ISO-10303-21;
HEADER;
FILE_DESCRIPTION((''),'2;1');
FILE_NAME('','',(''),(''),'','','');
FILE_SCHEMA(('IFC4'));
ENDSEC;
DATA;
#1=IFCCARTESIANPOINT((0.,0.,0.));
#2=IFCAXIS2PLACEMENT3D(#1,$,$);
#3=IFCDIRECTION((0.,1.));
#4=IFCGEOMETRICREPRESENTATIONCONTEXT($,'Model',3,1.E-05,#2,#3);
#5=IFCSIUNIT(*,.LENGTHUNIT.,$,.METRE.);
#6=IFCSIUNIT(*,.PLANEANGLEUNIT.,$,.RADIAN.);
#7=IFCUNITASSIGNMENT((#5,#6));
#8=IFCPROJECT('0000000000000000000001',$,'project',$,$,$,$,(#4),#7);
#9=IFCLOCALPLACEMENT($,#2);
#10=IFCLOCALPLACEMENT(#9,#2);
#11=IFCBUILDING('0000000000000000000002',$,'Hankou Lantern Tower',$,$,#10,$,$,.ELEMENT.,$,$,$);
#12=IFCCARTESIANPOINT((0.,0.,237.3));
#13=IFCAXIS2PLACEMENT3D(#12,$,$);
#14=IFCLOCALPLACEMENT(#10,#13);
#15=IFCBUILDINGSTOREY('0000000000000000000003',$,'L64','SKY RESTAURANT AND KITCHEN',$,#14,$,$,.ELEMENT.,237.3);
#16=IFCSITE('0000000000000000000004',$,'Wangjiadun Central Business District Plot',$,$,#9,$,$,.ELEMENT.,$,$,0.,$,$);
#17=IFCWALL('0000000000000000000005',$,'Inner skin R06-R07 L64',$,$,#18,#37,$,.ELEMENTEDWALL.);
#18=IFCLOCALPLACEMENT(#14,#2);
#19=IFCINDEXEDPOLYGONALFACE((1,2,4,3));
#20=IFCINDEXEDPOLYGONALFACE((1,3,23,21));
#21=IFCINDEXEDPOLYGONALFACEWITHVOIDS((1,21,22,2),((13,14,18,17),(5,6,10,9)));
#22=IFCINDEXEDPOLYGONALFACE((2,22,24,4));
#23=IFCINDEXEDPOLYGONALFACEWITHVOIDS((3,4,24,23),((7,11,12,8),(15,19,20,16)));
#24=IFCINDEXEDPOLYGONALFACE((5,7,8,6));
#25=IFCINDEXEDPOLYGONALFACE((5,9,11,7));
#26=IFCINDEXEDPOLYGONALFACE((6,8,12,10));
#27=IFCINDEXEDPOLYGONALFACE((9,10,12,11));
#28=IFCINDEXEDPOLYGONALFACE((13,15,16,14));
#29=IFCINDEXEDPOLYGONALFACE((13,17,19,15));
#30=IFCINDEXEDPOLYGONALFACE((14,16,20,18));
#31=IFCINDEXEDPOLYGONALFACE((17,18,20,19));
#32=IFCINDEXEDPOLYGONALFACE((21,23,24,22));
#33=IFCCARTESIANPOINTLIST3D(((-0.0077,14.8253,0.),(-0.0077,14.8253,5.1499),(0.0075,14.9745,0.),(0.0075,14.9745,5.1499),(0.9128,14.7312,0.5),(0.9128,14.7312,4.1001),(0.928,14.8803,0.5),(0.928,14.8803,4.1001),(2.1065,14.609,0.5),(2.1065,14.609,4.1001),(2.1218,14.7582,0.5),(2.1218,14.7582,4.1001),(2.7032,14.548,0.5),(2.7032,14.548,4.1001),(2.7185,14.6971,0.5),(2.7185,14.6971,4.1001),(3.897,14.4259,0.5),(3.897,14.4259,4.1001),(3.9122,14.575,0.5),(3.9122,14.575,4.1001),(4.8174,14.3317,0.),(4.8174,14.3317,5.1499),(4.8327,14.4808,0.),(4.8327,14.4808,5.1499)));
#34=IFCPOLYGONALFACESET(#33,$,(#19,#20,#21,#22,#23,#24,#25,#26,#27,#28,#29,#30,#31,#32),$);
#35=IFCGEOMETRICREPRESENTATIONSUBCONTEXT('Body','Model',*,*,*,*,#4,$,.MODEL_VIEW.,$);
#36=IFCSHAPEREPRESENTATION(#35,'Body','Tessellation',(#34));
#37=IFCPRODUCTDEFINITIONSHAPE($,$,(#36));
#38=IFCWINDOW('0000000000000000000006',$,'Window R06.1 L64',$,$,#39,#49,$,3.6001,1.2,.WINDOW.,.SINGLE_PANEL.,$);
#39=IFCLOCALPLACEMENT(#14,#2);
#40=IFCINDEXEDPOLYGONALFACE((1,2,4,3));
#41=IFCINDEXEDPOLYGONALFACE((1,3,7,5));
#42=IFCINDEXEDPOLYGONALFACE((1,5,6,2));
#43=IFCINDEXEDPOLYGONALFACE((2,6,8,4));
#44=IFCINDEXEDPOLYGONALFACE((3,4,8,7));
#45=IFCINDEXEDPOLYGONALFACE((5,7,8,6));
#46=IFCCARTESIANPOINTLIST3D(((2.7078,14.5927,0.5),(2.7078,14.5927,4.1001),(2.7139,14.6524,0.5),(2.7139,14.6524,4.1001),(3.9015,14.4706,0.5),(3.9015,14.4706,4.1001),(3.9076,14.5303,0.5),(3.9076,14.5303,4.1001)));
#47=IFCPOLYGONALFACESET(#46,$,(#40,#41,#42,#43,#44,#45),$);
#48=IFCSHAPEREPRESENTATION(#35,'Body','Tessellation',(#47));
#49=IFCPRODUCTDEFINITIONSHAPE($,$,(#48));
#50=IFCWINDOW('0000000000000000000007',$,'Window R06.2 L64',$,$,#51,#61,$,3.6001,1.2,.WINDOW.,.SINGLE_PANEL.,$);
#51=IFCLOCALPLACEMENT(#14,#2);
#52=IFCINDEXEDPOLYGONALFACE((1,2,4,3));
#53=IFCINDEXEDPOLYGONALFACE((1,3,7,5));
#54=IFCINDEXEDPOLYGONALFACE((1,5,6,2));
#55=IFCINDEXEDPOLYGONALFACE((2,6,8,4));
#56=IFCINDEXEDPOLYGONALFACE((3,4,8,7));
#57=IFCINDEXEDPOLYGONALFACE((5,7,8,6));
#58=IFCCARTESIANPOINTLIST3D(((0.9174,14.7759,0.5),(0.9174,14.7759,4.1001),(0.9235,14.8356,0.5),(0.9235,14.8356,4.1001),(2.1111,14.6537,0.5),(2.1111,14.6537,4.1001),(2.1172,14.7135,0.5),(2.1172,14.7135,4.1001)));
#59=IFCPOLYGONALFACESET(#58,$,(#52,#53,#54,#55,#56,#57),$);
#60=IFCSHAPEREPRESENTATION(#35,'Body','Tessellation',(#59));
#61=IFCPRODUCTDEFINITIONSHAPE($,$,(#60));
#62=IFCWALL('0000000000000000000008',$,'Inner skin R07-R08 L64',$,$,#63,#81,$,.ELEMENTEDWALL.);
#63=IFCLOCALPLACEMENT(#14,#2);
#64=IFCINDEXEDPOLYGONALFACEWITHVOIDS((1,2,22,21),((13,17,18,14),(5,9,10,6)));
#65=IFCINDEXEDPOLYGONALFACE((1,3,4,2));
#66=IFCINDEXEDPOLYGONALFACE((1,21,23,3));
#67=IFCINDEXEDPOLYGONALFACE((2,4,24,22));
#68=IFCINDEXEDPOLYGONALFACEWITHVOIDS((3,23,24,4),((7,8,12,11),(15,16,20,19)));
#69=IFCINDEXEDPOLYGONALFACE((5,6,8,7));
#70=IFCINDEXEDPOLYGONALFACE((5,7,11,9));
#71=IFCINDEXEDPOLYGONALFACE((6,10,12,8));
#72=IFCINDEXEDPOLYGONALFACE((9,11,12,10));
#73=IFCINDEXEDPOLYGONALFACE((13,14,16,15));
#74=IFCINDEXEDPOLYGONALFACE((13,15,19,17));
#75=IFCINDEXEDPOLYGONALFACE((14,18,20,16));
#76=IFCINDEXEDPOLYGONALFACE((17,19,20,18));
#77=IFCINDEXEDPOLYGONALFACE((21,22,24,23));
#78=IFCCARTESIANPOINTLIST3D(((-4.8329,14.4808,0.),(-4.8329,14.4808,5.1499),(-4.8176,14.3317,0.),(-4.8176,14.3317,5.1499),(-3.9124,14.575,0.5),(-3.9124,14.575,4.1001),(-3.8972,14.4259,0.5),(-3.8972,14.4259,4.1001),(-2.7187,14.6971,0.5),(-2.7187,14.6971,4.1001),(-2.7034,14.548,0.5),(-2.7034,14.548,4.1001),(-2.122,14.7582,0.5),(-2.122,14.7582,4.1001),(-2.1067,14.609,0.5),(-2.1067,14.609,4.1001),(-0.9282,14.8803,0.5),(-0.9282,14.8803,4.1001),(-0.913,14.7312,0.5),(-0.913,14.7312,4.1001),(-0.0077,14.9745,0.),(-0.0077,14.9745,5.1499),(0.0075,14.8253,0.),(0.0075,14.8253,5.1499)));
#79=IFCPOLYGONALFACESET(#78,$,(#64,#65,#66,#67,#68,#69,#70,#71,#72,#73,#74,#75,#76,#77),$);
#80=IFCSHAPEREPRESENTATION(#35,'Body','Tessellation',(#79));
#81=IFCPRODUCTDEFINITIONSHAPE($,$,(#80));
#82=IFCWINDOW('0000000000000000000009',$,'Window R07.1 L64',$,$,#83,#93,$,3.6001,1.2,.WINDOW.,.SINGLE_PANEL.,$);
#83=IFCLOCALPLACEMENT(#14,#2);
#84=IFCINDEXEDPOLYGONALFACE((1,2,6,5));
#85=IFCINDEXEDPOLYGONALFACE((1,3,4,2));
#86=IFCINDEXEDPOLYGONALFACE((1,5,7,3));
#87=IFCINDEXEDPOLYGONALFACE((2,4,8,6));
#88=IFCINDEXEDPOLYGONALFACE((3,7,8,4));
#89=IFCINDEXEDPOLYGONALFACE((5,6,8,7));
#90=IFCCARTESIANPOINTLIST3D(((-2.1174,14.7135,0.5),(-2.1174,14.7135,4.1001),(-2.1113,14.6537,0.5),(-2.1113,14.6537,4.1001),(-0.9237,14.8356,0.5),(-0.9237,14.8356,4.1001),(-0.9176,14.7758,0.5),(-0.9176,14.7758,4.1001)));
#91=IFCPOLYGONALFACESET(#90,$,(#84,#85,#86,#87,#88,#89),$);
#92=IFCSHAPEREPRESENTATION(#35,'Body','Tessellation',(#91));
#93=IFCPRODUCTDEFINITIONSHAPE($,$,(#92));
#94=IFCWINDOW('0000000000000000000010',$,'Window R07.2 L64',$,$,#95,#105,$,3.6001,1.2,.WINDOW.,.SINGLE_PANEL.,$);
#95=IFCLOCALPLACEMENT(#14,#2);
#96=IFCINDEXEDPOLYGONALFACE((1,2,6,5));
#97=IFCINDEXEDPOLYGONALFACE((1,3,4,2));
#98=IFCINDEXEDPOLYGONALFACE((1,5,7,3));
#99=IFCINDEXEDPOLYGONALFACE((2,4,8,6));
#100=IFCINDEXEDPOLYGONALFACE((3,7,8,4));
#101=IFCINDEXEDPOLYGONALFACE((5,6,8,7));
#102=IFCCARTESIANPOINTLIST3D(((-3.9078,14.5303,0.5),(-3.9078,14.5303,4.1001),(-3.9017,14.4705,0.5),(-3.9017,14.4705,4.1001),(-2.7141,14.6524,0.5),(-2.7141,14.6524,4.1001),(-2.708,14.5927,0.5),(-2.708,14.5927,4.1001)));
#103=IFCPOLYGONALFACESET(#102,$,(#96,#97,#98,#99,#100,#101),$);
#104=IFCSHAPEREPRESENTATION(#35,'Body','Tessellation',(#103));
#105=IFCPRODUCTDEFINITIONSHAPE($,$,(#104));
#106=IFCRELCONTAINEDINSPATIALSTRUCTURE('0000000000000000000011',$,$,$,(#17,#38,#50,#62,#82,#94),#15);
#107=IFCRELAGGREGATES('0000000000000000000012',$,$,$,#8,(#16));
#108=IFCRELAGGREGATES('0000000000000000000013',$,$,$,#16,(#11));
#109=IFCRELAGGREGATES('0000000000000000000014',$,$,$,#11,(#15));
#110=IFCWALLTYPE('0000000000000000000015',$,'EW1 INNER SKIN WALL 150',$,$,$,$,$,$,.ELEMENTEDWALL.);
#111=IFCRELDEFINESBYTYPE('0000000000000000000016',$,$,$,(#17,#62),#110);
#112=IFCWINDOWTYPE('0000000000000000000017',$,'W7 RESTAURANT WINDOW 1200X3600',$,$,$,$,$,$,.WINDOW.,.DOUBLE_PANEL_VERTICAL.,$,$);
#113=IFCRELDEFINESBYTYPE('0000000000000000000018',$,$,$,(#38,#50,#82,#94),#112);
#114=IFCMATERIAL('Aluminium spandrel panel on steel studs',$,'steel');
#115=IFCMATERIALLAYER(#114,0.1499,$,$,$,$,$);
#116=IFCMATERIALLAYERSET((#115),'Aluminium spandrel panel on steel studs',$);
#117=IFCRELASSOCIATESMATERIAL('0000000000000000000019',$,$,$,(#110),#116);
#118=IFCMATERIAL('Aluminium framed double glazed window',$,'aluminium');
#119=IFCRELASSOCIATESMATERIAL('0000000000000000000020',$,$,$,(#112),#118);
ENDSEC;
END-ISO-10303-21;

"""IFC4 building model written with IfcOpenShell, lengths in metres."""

from ifc_helpers import new_model, si_unit, direction, frame, frame_2d, origin, place, context, subcontext, project, spatial, rectangle, extrude, material, layer, layer_set, type_object, element, fill, save


model = new_model("IFC4")

# Units and contexts
model_context = context("Model", 3, precision=1e-05, world=origin(), true_north=direction((0.0, 1.0)))
body_context = subcontext(model_context, "Body", "Model", "MODEL_VIEW")
ifc_project = project(units=[si_unit("LENGTHUNIT", "METRE"), si_unit("PLANEANGLEUNIT", "RADIAN")], contexts=[model_context])

# Site, building, storey
site_placement = place(None, origin())
site = spatial("IfcSite", under=ifc_project, at=site_placement, Name="Wangjiadun Central Business District Plot", CompositionType="ELEMENT", RefElevation=0.0)
building_placement = place(site_placement, origin())
building = spatial("IfcBuilding", under=site, at=building_placement, Name="Hankou Lantern Tower", CompositionType="ELEMENT")
storey_placement = place(building_placement, frame((0.0, 0.0, 237.3)))
storey = spatial("IfcBuildingStorey", under=building, at=storey_placement, Name="L64", Description="SKY RESTAURANT AND KITCHEN", CompositionType="ELEMENT", Elevation=237.3)

# Walls, openings, windows
ifc_material_1 = material(Name="Aluminium spandrel panel on steel studs", Category="steel")
ifc_layer_1 = layer(ifc_material_1, 0.1499)
ifc_layer_set_1 = layer_set([ifc_layer_1], Name="Aluminium spandrel panel on steel studs")
wall_type = type_object("IfcWallType", Name="EW1 INNER SKIN WALL 150", PredefinedType="ELEMENTEDWALL", material=ifc_layer_set_1)
wall_1_placement = place(storey_placement, frame((4.8252, 14.4062, 0.0), z_axis=(0.0, 0.0, 1.0), x_axis=(-0.994807, 0.101776, 0.0)))
wall_1 = element("IfcWall", 1, at=wall_1_placement, inside=storey, type_object=wall_type, Name="Inner skin R06-R07 L64", PredefinedType="ELEMENTEDWALL", context=body_context, shape_type="SweptSolid", body=[
    extrude(rectangle(XDim=4.8503, YDim=0.1499, at=frame_2d((2.4253, 0.0))), origin(), (0.0, 0.0, 1.0), 5.1499),
])
opening_1_placement = place(wall_1_placement, frame((0.9253, 0.0, 0.5)))
opening_1 = element("IfcOpeningElement", 2, at=opening_1_placement, cuts=wall_1, PredefinedType="OPENING", context=body_context, shape_type="SweptSolid", body=[
    extrude(rectangle(XDim=1.2, YDim=3.6001, at=frame_2d((0.6001, 1.8))), frame((0.0, 0.085, 0.0), z_axis=(0.0, -1.0, 0.0), x_axis=(1.0, 0.0, 0.0)), (0.0, 0.0, 1.0), 0.1699),
])
opening_2_placement = place(wall_1_placement, frame((2.7251, 0.0, 0.5)))
opening_2 = element("IfcOpeningElement", 3, at=opening_2_placement, cuts=wall_1, PredefinedType="OPENING", context=body_context, shape_type="SweptSolid", body=[
    extrude(rectangle(XDim=1.2, YDim=3.6001, at=frame_2d((0.6001, 1.8))), frame((0.0, 0.085, 0.0), z_axis=(0.0, -1.0, 0.0), x_axis=(1.0, 0.0, 0.0)), (0.0, 0.0, 1.0), 0.1699),
])
ifc_material_2 = material(Name="Aluminium framed double glazed window", Category="aluminium")
window_type = type_object("IfcWindowType", Name="W7 RESTAURANT WINDOW 1200X3600", PartitioningType="DOUBLE_PANEL_VERTICAL", PredefinedType="WINDOW", material=ifc_material_2)
window_1_placement = place(opening_1_placement, origin())
window_1 = element("IfcWindow", 4, at=window_1_placement, inside=storey, type_object=window_type, Name="Window R06.1 L64", OverallHeight=3.6001, OverallWidth=1.2, PartitioningType="SINGLE_PANEL", PredefinedType="WINDOW", context=body_context, shape_type="SweptSolid", body=[
    extrude(rectangle(XDim=1.2, YDim=3.6001, at=frame_2d((0.6001, 1.8))), frame((0.0, 0.03, 0.0), z_axis=(0.0, -1.0, 0.0), x_axis=(1.0, 0.0, 0.0)), (0.0, 0.0, 1.0), 0.0601),
])
fill(opening_1, window_1)
window_2_placement = place(opening_2_placement, origin())
window_2 = element("IfcWindow", 5, at=window_2_placement, inside=storey, type_object=window_type, Name="Window R06.2 L64", OverallHeight=3.6001, OverallWidth=1.2, PartitioningType="SINGLE_PANEL", PredefinedType="WINDOW", context=body_context, shape_type="SweptSolid", body=[
    extrude(rectangle(XDim=1.2, YDim=3.6001, at=frame_2d((0.6001, 1.8))), frame((0.0, 0.03, 0.0), z_axis=(0.0, -1.0, 0.0), x_axis=(1.0, 0.0, 0.0)), (0.0, 0.0, 1.0), 0.0601),
])
fill(opening_2, window_2)
wall_2_placement = place(storey_placement, frame((0.0, 14.8999, 0.0), z_axis=(0.0, 0.0, 1.0), x_axis=(-0.994807, -0.101776, 0.0)))
wall_2 = element("IfcWall", 6, at=wall_2_placement, inside=storey, type_object=wall_type, Name="Inner skin R07-R08 L64", PredefinedType="ELEMENTEDWALL", context=body_context, shape_type="SweptSolid", body=[
    extrude(rectangle(XDim=4.8503, YDim=0.1499, at=frame_2d((2.4253, 0.0))), origin(), (0.0, 0.0, 1.0), 5.1499),
])
opening_3_placement = place(wall_2_placement, frame((0.9253, 0.0, 0.5)))
opening_3 = element("IfcOpeningElement", 7, at=opening_3_placement, cuts=wall_2, PredefinedType="OPENING", context=body_context, shape_type="SweptSolid", body=[
    extrude(rectangle(XDim=1.2, YDim=3.6001, at=frame_2d((0.6001, 1.8))), frame((0.0, 0.085, 0.0), z_axis=(0.0, -1.0, 0.0), x_axis=(1.0, 0.0, 0.0)), (0.0, 0.0, 1.0), 0.1699),
])
opening_4_placement = place(wall_2_placement, frame((2.7251, 0.0, 0.5)))
opening_4 = element("IfcOpeningElement", 8, at=opening_4_placement, cuts=wall_2, PredefinedType="OPENING", context=body_context, shape_type="SweptSolid", body=[
    extrude(rectangle(XDim=1.2, YDim=3.6001, at=frame_2d((0.6001, 1.8))), frame((0.0, 0.085, 0.0), z_axis=(0.0, -1.0, 0.0), x_axis=(1.0, 0.0, 0.0)), (0.0, 0.0, 1.0), 0.1699),
])
window_3_placement = place(opening_3_placement, origin())
window_3 = element("IfcWindow", 9, at=window_3_placement, inside=storey, type_object=window_type, Name="Window R07.1 L64", OverallHeight=3.6001, OverallWidth=1.2, PartitioningType="SINGLE_PANEL", PredefinedType="WINDOW", context=body_context, shape_type="SweptSolid", body=[
    extrude(rectangle(XDim=1.2, YDim=3.6001, at=frame_2d((0.6001, 1.8))), frame((0.0, 0.03, 0.0), z_axis=(0.0, -1.0, 0.0), x_axis=(1.0, 0.0, 0.0)), (0.0, 0.0, 1.0), 0.0601),
])
fill(opening_3, window_3)
window_4_placement = place(opening_4_placement, origin())
window_4 = element("IfcWindow", 10, at=window_4_placement, inside=storey, type_object=window_type, Name="Window R07.2 L64", OverallHeight=3.6001, OverallWidth=1.2, PartitioningType="SINGLE_PANEL", PredefinedType="WINDOW", context=body_context, shape_type="SweptSolid", body=[
    extrude(rectangle(XDim=1.2, YDim=3.6001, at=frame_2d((0.6001, 1.8))), frame((0.0, 0.03, 0.0), z_axis=(0.0, -1.0, 0.0), x_axis=(1.0, 0.0, 0.0)), (0.0, 0.0, 1.0), 0.0601),
])
fill(opening_4, window_4)

save(model, "model.ifc")
